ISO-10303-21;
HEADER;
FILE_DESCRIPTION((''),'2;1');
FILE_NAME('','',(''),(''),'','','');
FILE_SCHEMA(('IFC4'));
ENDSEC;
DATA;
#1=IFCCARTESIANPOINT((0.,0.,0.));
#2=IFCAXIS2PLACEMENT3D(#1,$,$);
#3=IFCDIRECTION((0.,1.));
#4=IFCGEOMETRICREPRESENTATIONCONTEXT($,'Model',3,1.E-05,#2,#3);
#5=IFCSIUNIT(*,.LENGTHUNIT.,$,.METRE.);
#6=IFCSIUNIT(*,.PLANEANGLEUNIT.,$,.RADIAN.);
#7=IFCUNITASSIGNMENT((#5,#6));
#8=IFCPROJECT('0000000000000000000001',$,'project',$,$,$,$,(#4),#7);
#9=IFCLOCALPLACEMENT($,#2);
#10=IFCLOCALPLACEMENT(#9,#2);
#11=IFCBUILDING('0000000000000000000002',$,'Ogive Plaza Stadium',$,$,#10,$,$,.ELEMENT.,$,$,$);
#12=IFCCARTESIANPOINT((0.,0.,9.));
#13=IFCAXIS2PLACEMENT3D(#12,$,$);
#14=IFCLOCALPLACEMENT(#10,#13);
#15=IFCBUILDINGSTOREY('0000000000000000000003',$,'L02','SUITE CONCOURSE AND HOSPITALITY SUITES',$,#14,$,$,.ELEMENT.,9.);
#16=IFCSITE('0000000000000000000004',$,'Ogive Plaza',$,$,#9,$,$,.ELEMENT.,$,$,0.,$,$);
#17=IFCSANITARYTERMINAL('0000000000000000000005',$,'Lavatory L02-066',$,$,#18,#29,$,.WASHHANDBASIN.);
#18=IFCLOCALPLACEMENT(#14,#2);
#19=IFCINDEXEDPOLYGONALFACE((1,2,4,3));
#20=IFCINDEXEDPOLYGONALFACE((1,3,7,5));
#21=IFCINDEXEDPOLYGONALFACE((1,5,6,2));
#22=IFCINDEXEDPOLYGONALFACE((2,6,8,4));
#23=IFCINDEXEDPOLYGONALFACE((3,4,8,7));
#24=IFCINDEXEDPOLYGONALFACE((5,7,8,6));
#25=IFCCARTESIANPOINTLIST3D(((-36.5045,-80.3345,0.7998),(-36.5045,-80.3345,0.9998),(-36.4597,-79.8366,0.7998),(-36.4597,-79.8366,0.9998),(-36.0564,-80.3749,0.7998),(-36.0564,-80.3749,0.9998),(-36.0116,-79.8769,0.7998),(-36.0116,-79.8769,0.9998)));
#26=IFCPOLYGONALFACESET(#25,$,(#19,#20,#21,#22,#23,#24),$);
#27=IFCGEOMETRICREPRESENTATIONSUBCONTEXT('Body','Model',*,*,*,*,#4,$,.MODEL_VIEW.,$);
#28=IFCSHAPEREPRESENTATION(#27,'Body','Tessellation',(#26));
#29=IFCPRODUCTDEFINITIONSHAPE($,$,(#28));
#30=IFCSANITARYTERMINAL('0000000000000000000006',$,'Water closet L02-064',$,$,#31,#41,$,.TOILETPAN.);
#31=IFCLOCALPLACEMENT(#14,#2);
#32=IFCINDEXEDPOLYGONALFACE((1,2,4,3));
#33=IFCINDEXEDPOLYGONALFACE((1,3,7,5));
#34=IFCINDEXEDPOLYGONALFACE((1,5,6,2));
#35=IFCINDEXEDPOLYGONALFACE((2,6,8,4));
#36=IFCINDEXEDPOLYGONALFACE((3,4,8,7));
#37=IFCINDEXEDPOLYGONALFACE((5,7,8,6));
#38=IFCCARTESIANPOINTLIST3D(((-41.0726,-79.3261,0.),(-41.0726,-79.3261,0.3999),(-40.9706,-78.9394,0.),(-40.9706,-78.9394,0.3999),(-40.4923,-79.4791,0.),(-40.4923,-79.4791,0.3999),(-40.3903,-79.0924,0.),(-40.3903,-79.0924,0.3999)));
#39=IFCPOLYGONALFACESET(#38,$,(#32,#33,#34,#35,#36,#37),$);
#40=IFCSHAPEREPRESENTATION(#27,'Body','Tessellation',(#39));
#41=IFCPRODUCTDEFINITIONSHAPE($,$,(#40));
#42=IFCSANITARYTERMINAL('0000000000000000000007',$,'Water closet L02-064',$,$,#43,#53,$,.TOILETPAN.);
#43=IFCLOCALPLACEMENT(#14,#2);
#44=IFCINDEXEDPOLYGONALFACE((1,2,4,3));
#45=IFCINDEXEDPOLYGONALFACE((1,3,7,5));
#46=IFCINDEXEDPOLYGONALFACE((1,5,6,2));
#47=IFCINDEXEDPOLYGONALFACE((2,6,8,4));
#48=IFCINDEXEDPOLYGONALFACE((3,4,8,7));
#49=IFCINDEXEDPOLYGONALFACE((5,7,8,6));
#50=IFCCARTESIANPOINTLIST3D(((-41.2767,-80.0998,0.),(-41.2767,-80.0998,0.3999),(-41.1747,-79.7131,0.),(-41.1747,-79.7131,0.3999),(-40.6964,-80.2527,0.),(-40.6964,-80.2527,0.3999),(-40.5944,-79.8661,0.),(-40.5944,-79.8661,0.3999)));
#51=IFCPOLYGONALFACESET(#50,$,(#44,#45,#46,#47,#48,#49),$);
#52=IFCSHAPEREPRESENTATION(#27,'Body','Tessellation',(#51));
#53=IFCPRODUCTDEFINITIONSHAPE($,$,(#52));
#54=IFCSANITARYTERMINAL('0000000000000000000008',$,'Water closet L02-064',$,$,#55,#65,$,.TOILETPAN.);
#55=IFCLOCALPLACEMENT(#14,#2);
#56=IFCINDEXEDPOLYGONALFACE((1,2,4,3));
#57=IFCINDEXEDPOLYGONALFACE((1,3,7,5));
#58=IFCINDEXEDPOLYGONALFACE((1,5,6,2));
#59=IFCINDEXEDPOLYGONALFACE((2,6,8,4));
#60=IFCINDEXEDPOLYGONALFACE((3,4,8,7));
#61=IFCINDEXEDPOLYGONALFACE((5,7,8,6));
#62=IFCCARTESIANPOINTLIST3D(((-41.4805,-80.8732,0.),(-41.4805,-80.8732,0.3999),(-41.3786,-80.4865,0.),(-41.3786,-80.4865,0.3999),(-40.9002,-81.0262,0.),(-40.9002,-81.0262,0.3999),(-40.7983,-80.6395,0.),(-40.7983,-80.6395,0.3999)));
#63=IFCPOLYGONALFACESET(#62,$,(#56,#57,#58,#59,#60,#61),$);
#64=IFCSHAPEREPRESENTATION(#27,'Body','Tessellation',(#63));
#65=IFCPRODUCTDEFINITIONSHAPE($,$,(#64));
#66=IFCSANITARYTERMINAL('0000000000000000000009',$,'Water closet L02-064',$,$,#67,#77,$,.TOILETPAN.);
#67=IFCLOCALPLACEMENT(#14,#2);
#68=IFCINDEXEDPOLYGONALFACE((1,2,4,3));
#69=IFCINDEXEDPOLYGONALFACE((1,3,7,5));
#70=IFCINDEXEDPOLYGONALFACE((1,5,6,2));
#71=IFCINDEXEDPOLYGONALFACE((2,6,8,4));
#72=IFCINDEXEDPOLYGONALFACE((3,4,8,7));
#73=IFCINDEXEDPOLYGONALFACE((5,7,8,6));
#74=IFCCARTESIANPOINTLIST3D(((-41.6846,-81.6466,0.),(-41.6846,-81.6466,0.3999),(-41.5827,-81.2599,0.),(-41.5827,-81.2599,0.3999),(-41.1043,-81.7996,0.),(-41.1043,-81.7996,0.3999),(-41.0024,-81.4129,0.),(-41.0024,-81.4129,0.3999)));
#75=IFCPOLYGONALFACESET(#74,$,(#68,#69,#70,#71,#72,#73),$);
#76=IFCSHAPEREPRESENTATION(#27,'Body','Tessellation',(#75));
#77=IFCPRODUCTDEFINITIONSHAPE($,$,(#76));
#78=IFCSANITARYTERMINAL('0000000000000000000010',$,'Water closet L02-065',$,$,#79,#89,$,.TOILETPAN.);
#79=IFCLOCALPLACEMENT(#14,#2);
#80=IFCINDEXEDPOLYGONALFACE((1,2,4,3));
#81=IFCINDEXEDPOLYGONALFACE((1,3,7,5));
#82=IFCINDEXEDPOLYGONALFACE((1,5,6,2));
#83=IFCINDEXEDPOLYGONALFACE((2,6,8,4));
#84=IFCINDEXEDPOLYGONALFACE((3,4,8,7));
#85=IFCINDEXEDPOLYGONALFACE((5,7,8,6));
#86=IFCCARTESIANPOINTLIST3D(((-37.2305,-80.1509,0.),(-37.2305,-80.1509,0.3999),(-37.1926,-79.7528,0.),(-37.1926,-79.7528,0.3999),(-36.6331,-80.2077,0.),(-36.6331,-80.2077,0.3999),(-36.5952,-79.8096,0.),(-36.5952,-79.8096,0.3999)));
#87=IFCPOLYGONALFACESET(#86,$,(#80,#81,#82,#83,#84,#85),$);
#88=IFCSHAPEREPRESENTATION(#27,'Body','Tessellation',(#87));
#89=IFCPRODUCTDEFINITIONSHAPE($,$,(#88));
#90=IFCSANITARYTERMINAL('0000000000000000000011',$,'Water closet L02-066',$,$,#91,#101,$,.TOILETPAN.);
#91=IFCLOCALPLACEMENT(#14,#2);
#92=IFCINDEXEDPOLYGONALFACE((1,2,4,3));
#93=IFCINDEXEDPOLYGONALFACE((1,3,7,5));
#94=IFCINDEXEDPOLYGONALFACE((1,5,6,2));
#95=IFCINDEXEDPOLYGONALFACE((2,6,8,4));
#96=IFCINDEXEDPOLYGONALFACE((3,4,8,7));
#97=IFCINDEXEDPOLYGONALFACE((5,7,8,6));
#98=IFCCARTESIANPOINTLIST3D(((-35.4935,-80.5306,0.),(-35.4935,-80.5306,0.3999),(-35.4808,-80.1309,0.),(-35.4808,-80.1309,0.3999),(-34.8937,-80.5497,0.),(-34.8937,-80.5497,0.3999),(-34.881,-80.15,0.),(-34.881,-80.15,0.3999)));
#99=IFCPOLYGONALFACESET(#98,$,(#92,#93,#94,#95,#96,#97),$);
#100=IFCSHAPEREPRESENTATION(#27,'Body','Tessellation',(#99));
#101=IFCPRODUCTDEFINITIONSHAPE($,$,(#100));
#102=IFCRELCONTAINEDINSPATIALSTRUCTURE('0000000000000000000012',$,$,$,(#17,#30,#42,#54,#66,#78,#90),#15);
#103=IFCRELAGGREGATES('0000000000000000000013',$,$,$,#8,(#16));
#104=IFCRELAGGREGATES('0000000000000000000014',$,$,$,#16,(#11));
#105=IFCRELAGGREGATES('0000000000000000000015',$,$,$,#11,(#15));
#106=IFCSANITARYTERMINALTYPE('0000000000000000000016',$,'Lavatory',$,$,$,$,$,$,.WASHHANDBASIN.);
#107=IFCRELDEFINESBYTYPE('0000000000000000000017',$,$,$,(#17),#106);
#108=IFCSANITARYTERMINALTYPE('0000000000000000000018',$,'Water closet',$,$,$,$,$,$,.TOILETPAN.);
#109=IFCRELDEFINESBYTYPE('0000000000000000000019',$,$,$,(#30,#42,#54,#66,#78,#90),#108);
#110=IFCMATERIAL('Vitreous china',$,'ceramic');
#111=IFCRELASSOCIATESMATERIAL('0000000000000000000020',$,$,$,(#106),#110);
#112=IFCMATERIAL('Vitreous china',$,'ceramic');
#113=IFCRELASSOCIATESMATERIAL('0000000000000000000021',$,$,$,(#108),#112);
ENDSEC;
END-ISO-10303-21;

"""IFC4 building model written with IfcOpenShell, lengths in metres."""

from ifc_helpers import new_model, si_unit, direction, frame, origin, origin_2d, place, context, subcontext, project, spatial, rectangle, extrude, material, type_object, element, save


model = new_model("IFC4")

# Units and contexts
model_context = context("Model", 3, precision=1e-05, world=origin(), true_north=direction((0.0, 1.0)))
body_context = subcontext(model_context, "Body", "Model", "MODEL_VIEW")
ifc_project = project(units=[si_unit("LENGTHUNIT", "METRE"), si_unit("PLANEANGLEUNIT", "RADIAN")], contexts=[model_context])

# Site, building, storey
site_placement = place(None, origin())
site = spatial("IfcSite", under=ifc_project, at=site_placement, Name="Ogive Plaza", CompositionType="ELEMENT", RefElevation=0.0)
building_placement = place(site_placement, origin())
building = spatial("IfcBuilding", under=site, at=building_placement, Name="Ogive Plaza Stadium", CompositionType="ELEMENT")
storey_placement = place(building_placement, frame((0.0, 0.0, 9.0)))
storey = spatial("IfcBuildingStorey", under=building, at=storey_placement, Name="L02", Description="SUITE CONCOURSE AND HOSPITALITY SUITES", CompositionType="ELEMENT", Elevation=9.0)

# Sanitary terminals
ifc_material_1 = material(Name="Vitreous china", Category="ceramic")
sanitary_terminal_type_1 = type_object("IfcSanitaryTerminalType", Name="Lavatory", PredefinedType="WASHHANDBASIN", material=ifc_material_1)
for number, where, z_axis, x_axis, name in (
    (1, (-36.2581, -80.1057, 0.7998), (0.0, 0.0, 1.0), (-0.089616, -0.995976, 0.0), "Lavatory L02-066"),
):
    element("IfcSanitaryTerminal", number, at=place(storey_placement, frame(where, z_axis=z_axis, x_axis=x_axis)), inside=storey, type_object=sanitary_terminal_type_1, Name=name, PredefinedType="WASHHANDBASIN", context=body_context, shape_type="SweptSolid", body=[
        extrude(rectangle(XDim=0.5, YDim=0.45, at=origin_2d()), origin(), (0.0, 0.0, 1.0), 0.2),
    ])
ifc_material_2 = material(Name="Vitreous china", Category="ceramic")
sanitary_terminal_type_2 = type_object("IfcSanitaryTerminalType", Name="Water closet", PredefinedType="TOILETPAN", material=ifc_material_2)
for number, where, z_axis, x_axis, name in (
    (2, (-40.7314, -79.2092, 0.0), (0.0, 0.0, 1.0), (-0.254934, -0.966958, 0.0), "Water closet L02-064"),
    (3, (-40.9355, -79.9829, 0.0), (0.0, 0.0, 1.0), (-0.254934, -0.966958, 0.0), "Water closet L02-064"),
    (4, (-41.1394, -80.7563, 0.0), (0.0, 0.0, 1.0), (-0.254934, -0.966958, 0.0), "Water closet L02-064"),
    (5, (-41.3435, -81.5298, 0.0), (0.0, 0.0, 1.0), (-0.254934, -0.966958, 0.0), "Water closet L02-064"),
    (6, (-36.9128, -79.9802, 0.0), (0.0, 0.0, 1.0), (-0.094604, -0.995515, 0.0), "Water closet L02-065"),
    (7, (-35.1873, -80.3403, 0.0), (0.0, 0.0, 1.0), (-0.031849, -0.999493, 0.0), "Water closet L02-066"),
):
    element("IfcSanitaryTerminal", number, at=place(storey_placement, frame(where, z_axis=z_axis, x_axis=x_axis)), inside=storey, type_object=sanitary_terminal_type_2, Name=name, PredefinedType="TOILETPAN", context=body_context, shape_type="SweptSolid", body=[
        extrude(rectangle(XDim=0.3999, YDim=0.6001, at=origin_2d()), origin(), (0.0, 0.0, 1.0), 0.3999),
    ])

save(model, "model.ifc")
